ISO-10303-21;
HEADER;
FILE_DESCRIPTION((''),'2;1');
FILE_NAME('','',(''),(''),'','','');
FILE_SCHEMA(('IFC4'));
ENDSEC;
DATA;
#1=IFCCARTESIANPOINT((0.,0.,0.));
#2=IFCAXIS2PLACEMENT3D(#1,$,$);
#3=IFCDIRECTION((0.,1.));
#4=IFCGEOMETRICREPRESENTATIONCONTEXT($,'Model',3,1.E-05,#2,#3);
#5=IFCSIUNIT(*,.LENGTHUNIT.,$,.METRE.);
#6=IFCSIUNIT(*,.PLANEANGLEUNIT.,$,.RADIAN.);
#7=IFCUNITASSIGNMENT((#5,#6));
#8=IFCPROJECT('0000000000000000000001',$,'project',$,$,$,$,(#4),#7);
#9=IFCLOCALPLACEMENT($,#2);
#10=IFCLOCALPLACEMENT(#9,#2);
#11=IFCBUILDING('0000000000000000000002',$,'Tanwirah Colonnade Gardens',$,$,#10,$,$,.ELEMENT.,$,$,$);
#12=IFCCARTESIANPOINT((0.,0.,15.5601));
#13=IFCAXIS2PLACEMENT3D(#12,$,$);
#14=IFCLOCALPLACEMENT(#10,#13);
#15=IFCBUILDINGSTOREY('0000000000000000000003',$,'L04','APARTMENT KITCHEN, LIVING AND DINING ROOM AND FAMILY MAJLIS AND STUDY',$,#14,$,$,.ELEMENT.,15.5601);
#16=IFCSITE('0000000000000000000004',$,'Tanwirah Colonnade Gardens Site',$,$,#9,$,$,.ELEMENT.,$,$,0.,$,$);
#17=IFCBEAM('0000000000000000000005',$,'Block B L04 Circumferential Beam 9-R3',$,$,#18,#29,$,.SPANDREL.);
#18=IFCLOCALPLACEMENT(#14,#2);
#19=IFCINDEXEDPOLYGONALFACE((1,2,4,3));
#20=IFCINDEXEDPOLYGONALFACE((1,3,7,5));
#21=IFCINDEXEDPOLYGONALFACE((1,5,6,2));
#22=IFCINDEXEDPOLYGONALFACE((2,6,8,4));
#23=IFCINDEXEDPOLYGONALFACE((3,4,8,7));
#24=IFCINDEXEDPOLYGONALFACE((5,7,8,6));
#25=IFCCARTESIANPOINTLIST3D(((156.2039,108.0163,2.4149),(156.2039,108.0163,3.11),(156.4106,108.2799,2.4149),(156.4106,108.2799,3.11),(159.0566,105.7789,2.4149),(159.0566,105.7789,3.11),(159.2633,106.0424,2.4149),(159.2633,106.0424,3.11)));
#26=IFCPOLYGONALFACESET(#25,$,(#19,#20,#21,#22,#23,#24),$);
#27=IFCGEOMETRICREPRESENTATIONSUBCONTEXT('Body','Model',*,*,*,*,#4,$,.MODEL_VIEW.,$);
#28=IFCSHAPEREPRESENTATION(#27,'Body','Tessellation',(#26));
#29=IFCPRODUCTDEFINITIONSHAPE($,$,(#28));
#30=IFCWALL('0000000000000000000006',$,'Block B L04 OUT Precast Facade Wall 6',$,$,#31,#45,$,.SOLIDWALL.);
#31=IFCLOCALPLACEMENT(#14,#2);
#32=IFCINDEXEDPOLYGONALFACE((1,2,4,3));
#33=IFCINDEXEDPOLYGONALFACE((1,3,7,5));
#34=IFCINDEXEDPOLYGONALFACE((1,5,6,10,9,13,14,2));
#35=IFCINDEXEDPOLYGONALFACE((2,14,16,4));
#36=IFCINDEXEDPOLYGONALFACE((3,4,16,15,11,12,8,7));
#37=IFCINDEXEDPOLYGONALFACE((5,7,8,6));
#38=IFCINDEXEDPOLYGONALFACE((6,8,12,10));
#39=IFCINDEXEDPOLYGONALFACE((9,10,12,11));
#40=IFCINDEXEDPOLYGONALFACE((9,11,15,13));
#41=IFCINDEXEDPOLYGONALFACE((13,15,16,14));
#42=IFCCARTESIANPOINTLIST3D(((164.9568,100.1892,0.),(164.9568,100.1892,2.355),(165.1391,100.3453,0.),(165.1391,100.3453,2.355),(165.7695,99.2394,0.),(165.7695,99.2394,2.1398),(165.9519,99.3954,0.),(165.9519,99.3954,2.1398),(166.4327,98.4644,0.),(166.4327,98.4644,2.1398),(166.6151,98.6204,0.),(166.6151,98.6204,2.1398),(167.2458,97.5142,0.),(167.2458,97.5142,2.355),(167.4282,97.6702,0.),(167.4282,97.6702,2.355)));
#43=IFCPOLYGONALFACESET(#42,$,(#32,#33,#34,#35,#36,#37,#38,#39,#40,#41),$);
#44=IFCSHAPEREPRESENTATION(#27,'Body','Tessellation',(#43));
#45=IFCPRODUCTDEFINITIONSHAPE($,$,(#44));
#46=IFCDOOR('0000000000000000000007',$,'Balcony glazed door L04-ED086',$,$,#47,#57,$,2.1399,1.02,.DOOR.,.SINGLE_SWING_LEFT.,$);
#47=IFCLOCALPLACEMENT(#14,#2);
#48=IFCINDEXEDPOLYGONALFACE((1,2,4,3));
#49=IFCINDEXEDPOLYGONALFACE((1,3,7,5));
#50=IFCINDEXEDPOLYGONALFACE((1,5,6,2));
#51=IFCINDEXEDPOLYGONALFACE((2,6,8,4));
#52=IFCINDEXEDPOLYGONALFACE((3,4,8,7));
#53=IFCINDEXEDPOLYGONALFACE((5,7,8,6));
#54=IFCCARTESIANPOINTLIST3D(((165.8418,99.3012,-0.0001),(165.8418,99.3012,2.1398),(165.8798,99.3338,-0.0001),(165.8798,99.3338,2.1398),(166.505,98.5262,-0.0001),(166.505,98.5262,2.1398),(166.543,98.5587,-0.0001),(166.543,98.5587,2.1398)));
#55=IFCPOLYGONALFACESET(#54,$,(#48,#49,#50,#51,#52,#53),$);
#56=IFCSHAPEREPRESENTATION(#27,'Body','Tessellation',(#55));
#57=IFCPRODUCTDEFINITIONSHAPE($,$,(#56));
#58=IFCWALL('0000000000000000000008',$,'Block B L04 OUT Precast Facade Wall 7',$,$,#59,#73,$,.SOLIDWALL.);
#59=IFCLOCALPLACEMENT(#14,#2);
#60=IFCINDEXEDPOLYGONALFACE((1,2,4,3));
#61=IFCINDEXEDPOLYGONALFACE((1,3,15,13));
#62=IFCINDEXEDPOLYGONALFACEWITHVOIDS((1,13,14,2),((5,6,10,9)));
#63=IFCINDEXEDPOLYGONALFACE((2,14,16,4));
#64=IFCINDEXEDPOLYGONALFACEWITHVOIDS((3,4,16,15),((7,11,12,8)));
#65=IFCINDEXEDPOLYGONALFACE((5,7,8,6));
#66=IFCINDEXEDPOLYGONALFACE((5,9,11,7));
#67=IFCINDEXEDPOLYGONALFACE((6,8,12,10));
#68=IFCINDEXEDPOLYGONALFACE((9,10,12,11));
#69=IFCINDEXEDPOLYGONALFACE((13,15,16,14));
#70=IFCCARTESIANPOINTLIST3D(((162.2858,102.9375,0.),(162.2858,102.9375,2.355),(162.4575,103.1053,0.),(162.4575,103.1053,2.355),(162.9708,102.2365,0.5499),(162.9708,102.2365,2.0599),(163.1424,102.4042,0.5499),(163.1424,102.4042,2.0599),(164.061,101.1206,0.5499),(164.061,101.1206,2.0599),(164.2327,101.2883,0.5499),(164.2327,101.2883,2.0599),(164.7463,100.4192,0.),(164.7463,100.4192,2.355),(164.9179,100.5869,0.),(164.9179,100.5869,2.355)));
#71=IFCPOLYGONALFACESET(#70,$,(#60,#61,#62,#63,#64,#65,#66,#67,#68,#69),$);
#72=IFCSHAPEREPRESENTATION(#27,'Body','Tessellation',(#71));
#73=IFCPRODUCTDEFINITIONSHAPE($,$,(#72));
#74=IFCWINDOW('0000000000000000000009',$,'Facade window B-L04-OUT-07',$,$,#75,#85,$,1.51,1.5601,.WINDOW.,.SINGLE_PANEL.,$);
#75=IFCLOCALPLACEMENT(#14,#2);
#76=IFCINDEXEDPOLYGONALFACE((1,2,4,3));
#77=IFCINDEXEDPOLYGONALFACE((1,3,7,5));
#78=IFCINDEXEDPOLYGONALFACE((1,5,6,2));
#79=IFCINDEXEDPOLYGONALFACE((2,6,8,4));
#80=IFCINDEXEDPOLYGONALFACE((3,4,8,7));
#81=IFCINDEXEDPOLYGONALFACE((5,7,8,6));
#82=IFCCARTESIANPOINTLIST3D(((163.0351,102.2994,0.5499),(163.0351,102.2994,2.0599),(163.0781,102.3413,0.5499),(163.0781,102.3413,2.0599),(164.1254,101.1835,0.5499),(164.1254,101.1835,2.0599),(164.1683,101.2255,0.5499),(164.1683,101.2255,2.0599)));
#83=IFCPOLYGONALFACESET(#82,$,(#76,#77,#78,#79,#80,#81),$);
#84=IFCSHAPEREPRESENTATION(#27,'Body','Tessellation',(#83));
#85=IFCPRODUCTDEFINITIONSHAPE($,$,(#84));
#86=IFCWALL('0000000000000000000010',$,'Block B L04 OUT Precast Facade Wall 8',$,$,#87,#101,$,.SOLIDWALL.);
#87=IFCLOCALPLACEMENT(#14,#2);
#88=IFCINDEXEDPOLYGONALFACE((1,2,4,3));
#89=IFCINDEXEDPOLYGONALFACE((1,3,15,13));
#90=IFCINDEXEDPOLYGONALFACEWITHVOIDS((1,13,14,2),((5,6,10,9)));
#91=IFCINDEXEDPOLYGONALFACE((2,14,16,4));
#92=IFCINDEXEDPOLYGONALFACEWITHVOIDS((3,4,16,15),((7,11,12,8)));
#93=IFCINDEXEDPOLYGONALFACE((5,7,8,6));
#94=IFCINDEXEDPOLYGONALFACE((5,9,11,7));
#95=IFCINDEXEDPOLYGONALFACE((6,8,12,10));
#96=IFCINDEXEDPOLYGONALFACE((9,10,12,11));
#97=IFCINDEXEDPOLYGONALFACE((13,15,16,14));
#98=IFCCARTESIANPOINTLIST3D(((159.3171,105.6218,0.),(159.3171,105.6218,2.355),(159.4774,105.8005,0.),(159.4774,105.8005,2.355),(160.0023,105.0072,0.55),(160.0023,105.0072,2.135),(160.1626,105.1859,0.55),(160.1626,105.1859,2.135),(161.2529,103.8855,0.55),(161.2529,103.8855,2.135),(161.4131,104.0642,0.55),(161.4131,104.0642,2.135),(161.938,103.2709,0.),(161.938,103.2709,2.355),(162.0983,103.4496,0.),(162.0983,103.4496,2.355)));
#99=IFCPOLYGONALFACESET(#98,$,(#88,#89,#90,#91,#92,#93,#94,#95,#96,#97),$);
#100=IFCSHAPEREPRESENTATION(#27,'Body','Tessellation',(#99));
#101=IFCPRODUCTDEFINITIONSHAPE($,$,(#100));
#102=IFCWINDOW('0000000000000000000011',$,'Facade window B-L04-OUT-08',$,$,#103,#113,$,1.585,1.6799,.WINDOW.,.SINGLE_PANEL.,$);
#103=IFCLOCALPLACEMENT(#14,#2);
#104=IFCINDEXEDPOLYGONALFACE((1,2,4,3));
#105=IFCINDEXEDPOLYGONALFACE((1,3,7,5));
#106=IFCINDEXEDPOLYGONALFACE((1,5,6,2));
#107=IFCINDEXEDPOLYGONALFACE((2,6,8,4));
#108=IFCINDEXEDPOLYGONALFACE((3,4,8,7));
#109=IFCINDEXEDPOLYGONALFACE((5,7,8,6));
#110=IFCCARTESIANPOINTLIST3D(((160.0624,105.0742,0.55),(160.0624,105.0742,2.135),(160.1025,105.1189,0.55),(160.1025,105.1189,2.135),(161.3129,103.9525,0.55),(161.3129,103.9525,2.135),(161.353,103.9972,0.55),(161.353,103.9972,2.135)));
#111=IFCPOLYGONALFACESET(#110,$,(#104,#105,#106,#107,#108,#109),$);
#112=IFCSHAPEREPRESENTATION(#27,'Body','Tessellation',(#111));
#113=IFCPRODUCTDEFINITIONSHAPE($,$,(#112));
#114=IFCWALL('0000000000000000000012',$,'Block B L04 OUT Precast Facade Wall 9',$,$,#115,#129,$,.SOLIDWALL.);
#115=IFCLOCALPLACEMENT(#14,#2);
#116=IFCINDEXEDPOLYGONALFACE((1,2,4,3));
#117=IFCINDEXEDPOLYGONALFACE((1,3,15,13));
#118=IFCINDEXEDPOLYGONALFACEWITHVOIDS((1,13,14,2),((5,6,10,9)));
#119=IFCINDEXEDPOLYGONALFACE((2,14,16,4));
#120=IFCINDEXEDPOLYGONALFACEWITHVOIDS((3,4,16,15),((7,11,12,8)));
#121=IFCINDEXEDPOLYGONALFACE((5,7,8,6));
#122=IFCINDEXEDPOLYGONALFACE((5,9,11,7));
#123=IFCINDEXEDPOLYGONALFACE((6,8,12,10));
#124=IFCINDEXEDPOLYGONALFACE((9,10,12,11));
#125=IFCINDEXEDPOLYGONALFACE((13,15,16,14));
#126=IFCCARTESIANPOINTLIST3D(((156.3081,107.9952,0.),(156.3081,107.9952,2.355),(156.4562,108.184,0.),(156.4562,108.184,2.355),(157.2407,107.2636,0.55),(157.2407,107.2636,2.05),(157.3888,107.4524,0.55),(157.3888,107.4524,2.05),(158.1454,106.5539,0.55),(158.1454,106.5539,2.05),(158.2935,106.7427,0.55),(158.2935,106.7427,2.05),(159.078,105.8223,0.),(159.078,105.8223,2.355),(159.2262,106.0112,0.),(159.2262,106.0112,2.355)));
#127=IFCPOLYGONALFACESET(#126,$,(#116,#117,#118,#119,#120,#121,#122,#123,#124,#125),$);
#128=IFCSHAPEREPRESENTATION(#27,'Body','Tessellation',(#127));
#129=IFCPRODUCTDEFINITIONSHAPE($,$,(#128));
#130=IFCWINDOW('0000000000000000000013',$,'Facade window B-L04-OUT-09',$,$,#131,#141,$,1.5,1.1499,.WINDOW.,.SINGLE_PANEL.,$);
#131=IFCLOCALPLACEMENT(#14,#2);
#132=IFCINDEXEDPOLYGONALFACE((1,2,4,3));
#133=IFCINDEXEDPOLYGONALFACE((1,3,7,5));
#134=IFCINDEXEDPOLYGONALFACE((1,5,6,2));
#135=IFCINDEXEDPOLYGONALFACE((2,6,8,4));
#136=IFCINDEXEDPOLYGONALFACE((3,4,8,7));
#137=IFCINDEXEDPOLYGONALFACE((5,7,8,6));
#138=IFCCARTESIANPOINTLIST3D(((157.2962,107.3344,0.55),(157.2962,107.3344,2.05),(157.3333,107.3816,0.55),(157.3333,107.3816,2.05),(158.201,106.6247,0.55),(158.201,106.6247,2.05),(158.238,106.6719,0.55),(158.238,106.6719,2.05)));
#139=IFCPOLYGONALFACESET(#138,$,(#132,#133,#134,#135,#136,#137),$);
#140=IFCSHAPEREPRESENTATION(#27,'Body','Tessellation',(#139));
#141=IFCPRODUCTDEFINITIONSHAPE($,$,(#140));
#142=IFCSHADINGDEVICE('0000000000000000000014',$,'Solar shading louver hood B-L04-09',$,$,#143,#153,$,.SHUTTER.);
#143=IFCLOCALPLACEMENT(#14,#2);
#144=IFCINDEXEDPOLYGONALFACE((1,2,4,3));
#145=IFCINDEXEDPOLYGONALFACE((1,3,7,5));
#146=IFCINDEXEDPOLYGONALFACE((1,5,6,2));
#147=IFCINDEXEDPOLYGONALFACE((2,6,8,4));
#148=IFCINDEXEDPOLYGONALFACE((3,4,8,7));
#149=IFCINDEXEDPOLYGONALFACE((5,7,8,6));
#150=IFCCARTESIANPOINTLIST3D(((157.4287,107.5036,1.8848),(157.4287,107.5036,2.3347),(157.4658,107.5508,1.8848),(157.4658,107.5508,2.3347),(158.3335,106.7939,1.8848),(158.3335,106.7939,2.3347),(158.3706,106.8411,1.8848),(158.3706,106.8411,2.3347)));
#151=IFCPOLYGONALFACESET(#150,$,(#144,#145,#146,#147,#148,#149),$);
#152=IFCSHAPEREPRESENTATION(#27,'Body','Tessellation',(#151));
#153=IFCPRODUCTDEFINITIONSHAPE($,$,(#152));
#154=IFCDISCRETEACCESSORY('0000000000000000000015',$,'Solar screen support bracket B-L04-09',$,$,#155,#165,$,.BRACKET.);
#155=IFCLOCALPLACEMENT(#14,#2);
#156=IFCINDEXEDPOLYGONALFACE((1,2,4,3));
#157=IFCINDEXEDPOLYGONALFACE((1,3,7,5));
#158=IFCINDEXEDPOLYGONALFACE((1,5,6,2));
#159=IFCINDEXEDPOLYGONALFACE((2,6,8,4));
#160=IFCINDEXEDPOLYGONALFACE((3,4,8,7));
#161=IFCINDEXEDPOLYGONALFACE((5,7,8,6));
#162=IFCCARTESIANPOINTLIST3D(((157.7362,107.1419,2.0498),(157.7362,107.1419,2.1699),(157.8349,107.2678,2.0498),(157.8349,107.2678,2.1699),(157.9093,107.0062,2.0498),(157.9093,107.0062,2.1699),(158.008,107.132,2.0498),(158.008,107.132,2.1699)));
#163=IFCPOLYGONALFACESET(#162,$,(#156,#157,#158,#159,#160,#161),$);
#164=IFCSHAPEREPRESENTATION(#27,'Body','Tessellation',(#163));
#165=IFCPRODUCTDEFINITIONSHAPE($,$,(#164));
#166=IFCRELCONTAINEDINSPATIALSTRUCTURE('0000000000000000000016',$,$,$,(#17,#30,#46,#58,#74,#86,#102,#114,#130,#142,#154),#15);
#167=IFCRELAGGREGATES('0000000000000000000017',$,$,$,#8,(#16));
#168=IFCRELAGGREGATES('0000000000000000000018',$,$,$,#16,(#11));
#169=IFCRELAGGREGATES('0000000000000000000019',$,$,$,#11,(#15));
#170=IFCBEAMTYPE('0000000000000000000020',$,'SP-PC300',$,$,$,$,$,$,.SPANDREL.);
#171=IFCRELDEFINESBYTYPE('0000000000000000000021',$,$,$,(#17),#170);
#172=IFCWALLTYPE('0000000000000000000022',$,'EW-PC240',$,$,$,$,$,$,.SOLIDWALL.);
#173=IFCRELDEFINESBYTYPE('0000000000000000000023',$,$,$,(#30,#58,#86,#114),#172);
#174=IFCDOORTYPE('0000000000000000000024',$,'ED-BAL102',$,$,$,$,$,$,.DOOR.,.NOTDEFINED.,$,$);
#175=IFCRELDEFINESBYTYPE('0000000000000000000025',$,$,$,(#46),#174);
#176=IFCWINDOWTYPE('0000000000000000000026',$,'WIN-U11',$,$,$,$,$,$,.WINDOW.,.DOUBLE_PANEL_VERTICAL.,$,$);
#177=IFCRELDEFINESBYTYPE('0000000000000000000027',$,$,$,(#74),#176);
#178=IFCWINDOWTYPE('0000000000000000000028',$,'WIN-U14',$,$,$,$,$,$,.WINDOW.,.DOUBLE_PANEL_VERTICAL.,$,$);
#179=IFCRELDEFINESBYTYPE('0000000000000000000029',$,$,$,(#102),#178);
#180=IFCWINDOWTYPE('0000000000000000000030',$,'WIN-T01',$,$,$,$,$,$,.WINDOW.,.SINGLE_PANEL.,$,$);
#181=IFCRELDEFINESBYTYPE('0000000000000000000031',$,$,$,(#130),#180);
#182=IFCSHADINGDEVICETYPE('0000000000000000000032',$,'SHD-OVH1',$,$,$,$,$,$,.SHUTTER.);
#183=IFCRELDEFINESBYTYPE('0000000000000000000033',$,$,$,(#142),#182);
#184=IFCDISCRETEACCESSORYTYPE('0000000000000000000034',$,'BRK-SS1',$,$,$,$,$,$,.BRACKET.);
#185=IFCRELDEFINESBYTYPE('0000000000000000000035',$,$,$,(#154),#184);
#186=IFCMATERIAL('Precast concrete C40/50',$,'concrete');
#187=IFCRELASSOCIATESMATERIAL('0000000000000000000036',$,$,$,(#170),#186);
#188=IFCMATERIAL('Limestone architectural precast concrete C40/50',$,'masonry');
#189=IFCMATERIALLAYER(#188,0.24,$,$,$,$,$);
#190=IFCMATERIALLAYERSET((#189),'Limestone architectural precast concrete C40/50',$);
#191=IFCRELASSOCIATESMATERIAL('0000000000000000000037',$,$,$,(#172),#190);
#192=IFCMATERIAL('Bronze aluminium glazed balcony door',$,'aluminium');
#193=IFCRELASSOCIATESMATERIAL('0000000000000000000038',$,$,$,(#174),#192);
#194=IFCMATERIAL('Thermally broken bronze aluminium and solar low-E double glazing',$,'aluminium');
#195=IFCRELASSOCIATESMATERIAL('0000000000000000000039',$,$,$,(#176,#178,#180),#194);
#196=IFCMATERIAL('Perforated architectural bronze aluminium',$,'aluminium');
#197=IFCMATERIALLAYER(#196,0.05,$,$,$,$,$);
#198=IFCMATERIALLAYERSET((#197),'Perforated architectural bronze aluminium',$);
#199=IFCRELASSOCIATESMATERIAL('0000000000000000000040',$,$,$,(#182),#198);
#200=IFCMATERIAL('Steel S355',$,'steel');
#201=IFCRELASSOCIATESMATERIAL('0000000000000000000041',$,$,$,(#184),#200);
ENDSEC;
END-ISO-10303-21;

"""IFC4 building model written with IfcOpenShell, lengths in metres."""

from ifc_helpers import new_model, si_unit, direction, frame, frame_2d, origin, origin_2d, place, context, subcontext, project, spatial, rectangle, extrude, material, layer, layer_set, material_profile, profile_set, type_object, element, fill, save


model = new_model("IFC4")

# Units and contexts
model_context = context("Model", 3, precision=1e-05, world=origin(), true_north=direction((0.0, 1.0)))
body_context = subcontext(model_context, "Body", "Model", "MODEL_VIEW")
ifc_project = project(units=[si_unit("LENGTHUNIT", "METRE"), si_unit("PLANEANGLEUNIT", "RADIAN")], contexts=[model_context])

# Site, building, storey
site_placement = place(None, origin())
site = spatial("IfcSite", under=ifc_project, at=site_placement, Name="Tanwirah Colonnade Gardens Site", CompositionType="ELEMENT", RefElevation=0.0)
building_placement = place(site_placement, origin())
building = spatial("IfcBuilding", under=site, at=building_placement, Name="Tanwirah Colonnade Gardens", CompositionType="ELEMENT")
storey_placement = place(building_placement, frame((0.0, 0.0, 15.5601)))
storey = spatial("IfcBuildingStorey", under=building, at=storey_placement, Name="L04", Description="APARTMENT KITCHEN, LIVING AND DINING ROOM AND FAMILY MAJLIS AND STUDY", CompositionType="ELEMENT", Elevation=15.5601)

# Shared definitions
ifc_material_1 = material(Name="Precast concrete C40/50", Category="concrete")

# Beam
ifc_material_profile_1 = material_profile(ifc_material_1, rectangle(XDim=0.335, YDim=0.6951, at=origin_2d()), Name="PC-SP 335x695")
ifc_profile_set_1 = profile_set([ifc_material_profile_1], Name="Precast concrete C40/50")
beam_type_1 = type_object("IfcBeamType", Name="SP-PC300", PredefinedType="SPANDREL", material=ifc_profile_set_1)
beam_1_placement = place(storey_placement, frame((159.1599, 105.9106, 2.7625), z_axis=(-0.786844, 0.617152, 0.0), x_axis=(-0.617152, -0.786844, 0.0)))
element("IfcBeam", 1, at=beam_1_placement, inside=storey, type_object=beam_type_1, Name="Block B L04 Circumferential Beam 9-R3", PredefinedType="SPANDREL", context=body_context, shape_type="SweptSolid", body=[
    extrude(rectangle(XDim=0.335, YDim=0.6951, at=origin_2d()), origin(), (0.0, 0.0, 1.0), 3.6255),
])

# Wall, opening, door
ifc_material_2 = material(Name="Limestone architectural precast concrete C40/50", Category="masonry")
ifc_layer_1 = layer(ifc_material_2, 0.24)
ifc_layer_set_1 = layer_set([ifc_layer_1], Name="Limestone architectural precast concrete C40/50")
wall_type_1 = type_object("IfcWallType", Name="EW-PC240", PredefinedType="SOLIDWALL", material=ifc_layer_set_1)
wall_1_placement = place(storey_placement, frame((167.3369, 97.5923, 0.0), z_axis=(0.0, 0.0, 1.0), x_axis=(-0.650163, 0.759795, 0.0)))
wall_1 = element("IfcWall", 2, at=wall_1_placement, inside=storey, type_object=wall_type_1, Name="Block B L04 OUT Precast Facade Wall 6", PredefinedType="SOLIDWALL", context=body_context, shape_type="SweptSolid", body=[
    extrude(rectangle(XDim=3.5208, YDim=0.24, at=frame_2d((1.7603, 0.0))), origin(), (0.0, 0.0, 1.0), 2.355),
])
opening_1_placement = place(wall_1_placement, frame((1.2505, 0.0, 0.0)))
opening_1 = element("IfcOpeningElement", 3, at=opening_1_placement, cuts=wall_1, PredefinedType="OPENING", context=body_context, shape_type="SweptSolid", body=[
    extrude(rectangle(XDim=1.02, YDim=2.1399, at=frame_2d((0.51, 1.0698))), frame((0.0, 0.1299, 0.0), z_axis=(0.0, -1.0, 0.0), x_axis=(1.0, 0.0, 0.0)), (0.0, 0.0, 1.0), 0.26),
])
ifc_material_3 = material(Name="Bronze aluminium glazed balcony door", Category="aluminium")
door_type_1 = type_object("IfcDoorType", Name="ED-BAL102", OperationType="NOTDEFINED", PredefinedType="DOOR", material=ifc_material_3)
door_1_placement = place(opening_1_placement, origin())
door_1 = element("IfcDoor", 4, at=door_1_placement, inside=storey, type_object=door_type_1, Name="Balcony glazed door L04-ED086", OperationType="SINGLE_SWING_LEFT", OverallHeight=2.1399, OverallWidth=1.02, PredefinedType="DOOR", context=body_context, shape_type="SweptSolid", body=[
    extrude(rectangle(XDim=1.02, YDim=2.1399, at=frame_2d((0.51, 1.0698))), frame((0.0, 0.0249, 0.0), z_axis=(0.0, -1.0, 0.0), x_axis=(1.0, 0.0, 0.0)), (0.0, 0.0, 1.0), 0.05),
])
fill(opening_1, door_1)

# Walls, openings, windows
wall_2_placement = place(storey_placement, frame((164.832, 100.5032, 0.0), z_axis=(0.0, 0.0, 1.0), x_axis=(-0.698842, 0.715276, 0.0)))
wall_2 = element("IfcWall", 5, at=wall_2_placement, inside=storey, type_object=wall_type_1, Name="Block B L04 OUT Precast Facade Wall 7", PredefinedType="SOLIDWALL", context=body_context, shape_type="SweptSolid", body=[
    extrude(rectangle(XDim=3.5208, YDim=0.24, at=frame_2d((1.7603, 0.0))), origin(), (0.0, 0.0, 1.0), 2.355),
])
opening_2_placement = place(wall_2_placement, frame((0.9805, 0.0, 0.55)))
opening_2 = element("IfcOpeningElement", 6, at=opening_2_placement, cuts=wall_2, PredefinedType="OPENING", context=body_context, shape_type="SweptSolid", body=[
    extrude(rectangle(XDim=1.5601, YDim=1.51, at=frame_2d((0.78, 0.7549))), frame((0.0, 0.1299, 0.0), z_axis=(0.0, -1.0, 0.0), x_axis=(1.0, 0.0, 0.0)), (0.0, 0.0, 1.0), 0.26),
])
ifc_material_4 = material(Name="Thermally broken bronze aluminium and solar low-E double glazing", Category="aluminium")
window_type_1 = type_object("IfcWindowType", Name="WIN-U11", PartitioningType="DOUBLE_PANEL_VERTICAL", PredefinedType="WINDOW", material=ifc_material_4)
window_1_placement = place(opening_2_placement, origin())
window_1 = element("IfcWindow", 7, at=window_1_placement, inside=storey, type_object=window_type_1, Name="Facade window B-L04-OUT-07", OverallHeight=1.51, OverallWidth=1.5601, PartitioningType="SINGLE_PANEL", PredefinedType="WINDOW", context=body_context, shape_type="SweptSolid", body=[
    extrude(rectangle(XDim=1.5601, YDim=1.51, at=frame_2d((0.78, 0.7549))), frame((0.0, 0.03, 0.0), z_axis=(0.0, -1.0, 0.0), x_axis=(1.0, 0.0, 0.0)), (0.0, 0.0, 1.0), 0.0601),
])
fill(opening_2, window_1)
wall_3_placement = place(storey_placement, frame((162.0181, 103.3604, 0.0), z_axis=(0.0, 0.0, 1.0), x_axis=(-0.744414, 0.667719, 0.0)))
wall_3 = element("IfcWall", 8, at=wall_3_placement, inside=storey, type_object=wall_type_1, Name="Block B L04 OUT Precast Facade Wall 8", PredefinedType="SOLIDWALL", context=body_context, shape_type="SweptSolid", body=[
    extrude(rectangle(XDim=3.5208, YDim=0.24, at=frame_2d((1.7603, 0.0))), origin(), (0.0, 0.0, 1.0), 2.355),
])
opening_3_placement = place(wall_3_placement, frame((0.9204, 0.0, 0.55)))
opening_3 = element("IfcOpeningElement", 9, at=opening_3_placement, cuts=wall_3, PredefinedType="OPENING", context=body_context, shape_type="SweptSolid", body=[
    extrude(rectangle(XDim=1.6799, YDim=1.585, at=frame_2d((0.8398, 0.7925))), frame((0.0, 0.1299, 0.0), z_axis=(0.0, -1.0, 0.0), x_axis=(1.0, 0.0, 0.0)), (0.0, 0.0, 1.0), 0.26),
])
window_type_2 = type_object("IfcWindowType", Name="WIN-U14", PartitioningType="DOUBLE_PANEL_VERTICAL", PredefinedType="WINDOW", material=ifc_material_4)
window_2_placement = place(opening_3_placement, origin())
window_2 = element("IfcWindow", 10, at=window_2_placement, inside=storey, type_object=window_type_2, Name="Facade window B-L04-OUT-08", OverallHeight=1.585, OverallWidth=1.6799, PartitioningType="SINGLE_PANEL", PredefinedType="WINDOW", context=body_context, shape_type="SweptSolid", body=[
    extrude(rectangle(XDim=1.6799, YDim=1.585, at=frame_2d((0.8398, 0.7925))), frame((0.0, 0.03, 0.0), z_axis=(0.0, -1.0, 0.0), x_axis=(1.0, 0.0, 0.0)), (0.0, 0.0, 1.0), 0.0601),
])
fill(opening_3, window_2)
wall_4_placement = place(storey_placement, frame((159.1521, 105.9167, 0.0), z_axis=(0.0, 0.0, 1.0), x_axis=(-0.786814, 0.61719, 0.0)))
wall_4 = element("IfcWall", 11, at=wall_4_placement, inside=storey, type_object=wall_type_1, Name="Block B L04 OUT Precast Facade Wall 9", PredefinedType="SOLIDWALL", context=body_context, shape_type="SweptSolid", body=[
    extrude(rectangle(XDim=3.5205, YDim=0.24, at=frame_2d((1.7603, 0.0))), origin(), (0.0, 0.0, 1.0), 2.355),
])
opening_4_placement = place(wall_4_placement, frame((1.1853, 0.0, 0.55)))
opening_4 = element("IfcOpeningElement", 12, at=opening_4_placement, cuts=wall_4, PredefinedType="OPENING", context=body_context, shape_type="SweptSolid", body=[
    extrude(rectangle(XDim=1.1499, YDim=1.5, at=frame_2d((0.575, 0.75))), frame((0.0, 0.1299, 0.0), z_axis=(0.0, -1.0, 0.0), x_axis=(1.0, 0.0, 0.0)), (0.0, 0.0, 1.0), 0.26),
])
window_type_3 = type_object("IfcWindowType", Name="WIN-T01", PartitioningType="SINGLE_PANEL", PredefinedType="WINDOW", material=ifc_material_4)
window_3_placement = place(opening_4_placement, origin())
window_3 = element("IfcWindow", 13, at=window_3_placement, inside=storey, type_object=window_type_3, Name="Facade window B-L04-OUT-09", OverallHeight=1.5, OverallWidth=1.1499, PartitioningType="SINGLE_PANEL", PredefinedType="WINDOW", context=body_context, shape_type="SweptSolid", body=[
    extrude(rectangle(XDim=1.1499, YDim=1.5, at=frame_2d((0.575, 0.75))), frame((0.0, 0.03, 0.0), z_axis=(0.0, -1.0, 0.0), x_axis=(1.0, 0.0, 0.0)), (0.0, 0.0, 1.0), 0.0601),
])
fill(opening_4, window_3)

# Shading device
ifc_material_5 = material(Name="Perforated architectural bronze aluminium", Category="aluminium")
ifc_layer_2 = layer(ifc_material_5, 0.05)
ifc_layer_set_2 = layer_set([ifc_layer_2], Name="Perforated architectural bronze aluminium")
shading_device_type = type_object("IfcShadingDeviceType", Name="SHD-OVH1", PredefinedType="SHUTTER", material=ifc_layer_set_2)
shading_device_placement = place(storey_placement, frame((157.8997, 107.1724, 1.8848), z_axis=(0.0, 0.0, 1.0), x_axis=(-0.786816, 0.617188, 0.0)))
element("IfcShadingDevice", 14, at=shading_device_placement, inside=storey, type_object=shading_device_type, Name="Solar shading louver hood B-L04-09", PredefinedType="SHUTTER", context=body_context, shape_type="SweptSolid", body=[
    extrude(rectangle(XDim=1.1499, YDim=0.0601, at=origin_2d()), origin(), (0.0, 0.0, 1.0), 0.45),
])

# Discrete accessory
ifc_material_6 = material(Name="Steel S355", Category="steel")
discrete_accessory_type = type_object("IfcDiscreteAccessoryType", Name="BRK-SS1", PredefinedType="BRACKET", material=ifc_material_6)
discrete_accessory_placement = place(storey_placement, frame((157.8721, 107.137, 2.0498), z_axis=(0.0, 0.0, 1.0), x_axis=(-0.786816, 0.617188, 0.0)))
element("IfcDiscreteAccessory", 15, at=discrete_accessory_placement, inside=storey, type_object=discrete_accessory_type, Name="Solar screen support bracket B-L04-09", PredefinedType="BRACKET", context=body_context, shape_type="SweptSolid", body=[
    extrude(rectangle(XDim=0.22, YDim=0.1599, at=origin_2d()), origin(), (0.0, 0.0, 1.0), 0.1201),
])

save(model, "model.ifc")
